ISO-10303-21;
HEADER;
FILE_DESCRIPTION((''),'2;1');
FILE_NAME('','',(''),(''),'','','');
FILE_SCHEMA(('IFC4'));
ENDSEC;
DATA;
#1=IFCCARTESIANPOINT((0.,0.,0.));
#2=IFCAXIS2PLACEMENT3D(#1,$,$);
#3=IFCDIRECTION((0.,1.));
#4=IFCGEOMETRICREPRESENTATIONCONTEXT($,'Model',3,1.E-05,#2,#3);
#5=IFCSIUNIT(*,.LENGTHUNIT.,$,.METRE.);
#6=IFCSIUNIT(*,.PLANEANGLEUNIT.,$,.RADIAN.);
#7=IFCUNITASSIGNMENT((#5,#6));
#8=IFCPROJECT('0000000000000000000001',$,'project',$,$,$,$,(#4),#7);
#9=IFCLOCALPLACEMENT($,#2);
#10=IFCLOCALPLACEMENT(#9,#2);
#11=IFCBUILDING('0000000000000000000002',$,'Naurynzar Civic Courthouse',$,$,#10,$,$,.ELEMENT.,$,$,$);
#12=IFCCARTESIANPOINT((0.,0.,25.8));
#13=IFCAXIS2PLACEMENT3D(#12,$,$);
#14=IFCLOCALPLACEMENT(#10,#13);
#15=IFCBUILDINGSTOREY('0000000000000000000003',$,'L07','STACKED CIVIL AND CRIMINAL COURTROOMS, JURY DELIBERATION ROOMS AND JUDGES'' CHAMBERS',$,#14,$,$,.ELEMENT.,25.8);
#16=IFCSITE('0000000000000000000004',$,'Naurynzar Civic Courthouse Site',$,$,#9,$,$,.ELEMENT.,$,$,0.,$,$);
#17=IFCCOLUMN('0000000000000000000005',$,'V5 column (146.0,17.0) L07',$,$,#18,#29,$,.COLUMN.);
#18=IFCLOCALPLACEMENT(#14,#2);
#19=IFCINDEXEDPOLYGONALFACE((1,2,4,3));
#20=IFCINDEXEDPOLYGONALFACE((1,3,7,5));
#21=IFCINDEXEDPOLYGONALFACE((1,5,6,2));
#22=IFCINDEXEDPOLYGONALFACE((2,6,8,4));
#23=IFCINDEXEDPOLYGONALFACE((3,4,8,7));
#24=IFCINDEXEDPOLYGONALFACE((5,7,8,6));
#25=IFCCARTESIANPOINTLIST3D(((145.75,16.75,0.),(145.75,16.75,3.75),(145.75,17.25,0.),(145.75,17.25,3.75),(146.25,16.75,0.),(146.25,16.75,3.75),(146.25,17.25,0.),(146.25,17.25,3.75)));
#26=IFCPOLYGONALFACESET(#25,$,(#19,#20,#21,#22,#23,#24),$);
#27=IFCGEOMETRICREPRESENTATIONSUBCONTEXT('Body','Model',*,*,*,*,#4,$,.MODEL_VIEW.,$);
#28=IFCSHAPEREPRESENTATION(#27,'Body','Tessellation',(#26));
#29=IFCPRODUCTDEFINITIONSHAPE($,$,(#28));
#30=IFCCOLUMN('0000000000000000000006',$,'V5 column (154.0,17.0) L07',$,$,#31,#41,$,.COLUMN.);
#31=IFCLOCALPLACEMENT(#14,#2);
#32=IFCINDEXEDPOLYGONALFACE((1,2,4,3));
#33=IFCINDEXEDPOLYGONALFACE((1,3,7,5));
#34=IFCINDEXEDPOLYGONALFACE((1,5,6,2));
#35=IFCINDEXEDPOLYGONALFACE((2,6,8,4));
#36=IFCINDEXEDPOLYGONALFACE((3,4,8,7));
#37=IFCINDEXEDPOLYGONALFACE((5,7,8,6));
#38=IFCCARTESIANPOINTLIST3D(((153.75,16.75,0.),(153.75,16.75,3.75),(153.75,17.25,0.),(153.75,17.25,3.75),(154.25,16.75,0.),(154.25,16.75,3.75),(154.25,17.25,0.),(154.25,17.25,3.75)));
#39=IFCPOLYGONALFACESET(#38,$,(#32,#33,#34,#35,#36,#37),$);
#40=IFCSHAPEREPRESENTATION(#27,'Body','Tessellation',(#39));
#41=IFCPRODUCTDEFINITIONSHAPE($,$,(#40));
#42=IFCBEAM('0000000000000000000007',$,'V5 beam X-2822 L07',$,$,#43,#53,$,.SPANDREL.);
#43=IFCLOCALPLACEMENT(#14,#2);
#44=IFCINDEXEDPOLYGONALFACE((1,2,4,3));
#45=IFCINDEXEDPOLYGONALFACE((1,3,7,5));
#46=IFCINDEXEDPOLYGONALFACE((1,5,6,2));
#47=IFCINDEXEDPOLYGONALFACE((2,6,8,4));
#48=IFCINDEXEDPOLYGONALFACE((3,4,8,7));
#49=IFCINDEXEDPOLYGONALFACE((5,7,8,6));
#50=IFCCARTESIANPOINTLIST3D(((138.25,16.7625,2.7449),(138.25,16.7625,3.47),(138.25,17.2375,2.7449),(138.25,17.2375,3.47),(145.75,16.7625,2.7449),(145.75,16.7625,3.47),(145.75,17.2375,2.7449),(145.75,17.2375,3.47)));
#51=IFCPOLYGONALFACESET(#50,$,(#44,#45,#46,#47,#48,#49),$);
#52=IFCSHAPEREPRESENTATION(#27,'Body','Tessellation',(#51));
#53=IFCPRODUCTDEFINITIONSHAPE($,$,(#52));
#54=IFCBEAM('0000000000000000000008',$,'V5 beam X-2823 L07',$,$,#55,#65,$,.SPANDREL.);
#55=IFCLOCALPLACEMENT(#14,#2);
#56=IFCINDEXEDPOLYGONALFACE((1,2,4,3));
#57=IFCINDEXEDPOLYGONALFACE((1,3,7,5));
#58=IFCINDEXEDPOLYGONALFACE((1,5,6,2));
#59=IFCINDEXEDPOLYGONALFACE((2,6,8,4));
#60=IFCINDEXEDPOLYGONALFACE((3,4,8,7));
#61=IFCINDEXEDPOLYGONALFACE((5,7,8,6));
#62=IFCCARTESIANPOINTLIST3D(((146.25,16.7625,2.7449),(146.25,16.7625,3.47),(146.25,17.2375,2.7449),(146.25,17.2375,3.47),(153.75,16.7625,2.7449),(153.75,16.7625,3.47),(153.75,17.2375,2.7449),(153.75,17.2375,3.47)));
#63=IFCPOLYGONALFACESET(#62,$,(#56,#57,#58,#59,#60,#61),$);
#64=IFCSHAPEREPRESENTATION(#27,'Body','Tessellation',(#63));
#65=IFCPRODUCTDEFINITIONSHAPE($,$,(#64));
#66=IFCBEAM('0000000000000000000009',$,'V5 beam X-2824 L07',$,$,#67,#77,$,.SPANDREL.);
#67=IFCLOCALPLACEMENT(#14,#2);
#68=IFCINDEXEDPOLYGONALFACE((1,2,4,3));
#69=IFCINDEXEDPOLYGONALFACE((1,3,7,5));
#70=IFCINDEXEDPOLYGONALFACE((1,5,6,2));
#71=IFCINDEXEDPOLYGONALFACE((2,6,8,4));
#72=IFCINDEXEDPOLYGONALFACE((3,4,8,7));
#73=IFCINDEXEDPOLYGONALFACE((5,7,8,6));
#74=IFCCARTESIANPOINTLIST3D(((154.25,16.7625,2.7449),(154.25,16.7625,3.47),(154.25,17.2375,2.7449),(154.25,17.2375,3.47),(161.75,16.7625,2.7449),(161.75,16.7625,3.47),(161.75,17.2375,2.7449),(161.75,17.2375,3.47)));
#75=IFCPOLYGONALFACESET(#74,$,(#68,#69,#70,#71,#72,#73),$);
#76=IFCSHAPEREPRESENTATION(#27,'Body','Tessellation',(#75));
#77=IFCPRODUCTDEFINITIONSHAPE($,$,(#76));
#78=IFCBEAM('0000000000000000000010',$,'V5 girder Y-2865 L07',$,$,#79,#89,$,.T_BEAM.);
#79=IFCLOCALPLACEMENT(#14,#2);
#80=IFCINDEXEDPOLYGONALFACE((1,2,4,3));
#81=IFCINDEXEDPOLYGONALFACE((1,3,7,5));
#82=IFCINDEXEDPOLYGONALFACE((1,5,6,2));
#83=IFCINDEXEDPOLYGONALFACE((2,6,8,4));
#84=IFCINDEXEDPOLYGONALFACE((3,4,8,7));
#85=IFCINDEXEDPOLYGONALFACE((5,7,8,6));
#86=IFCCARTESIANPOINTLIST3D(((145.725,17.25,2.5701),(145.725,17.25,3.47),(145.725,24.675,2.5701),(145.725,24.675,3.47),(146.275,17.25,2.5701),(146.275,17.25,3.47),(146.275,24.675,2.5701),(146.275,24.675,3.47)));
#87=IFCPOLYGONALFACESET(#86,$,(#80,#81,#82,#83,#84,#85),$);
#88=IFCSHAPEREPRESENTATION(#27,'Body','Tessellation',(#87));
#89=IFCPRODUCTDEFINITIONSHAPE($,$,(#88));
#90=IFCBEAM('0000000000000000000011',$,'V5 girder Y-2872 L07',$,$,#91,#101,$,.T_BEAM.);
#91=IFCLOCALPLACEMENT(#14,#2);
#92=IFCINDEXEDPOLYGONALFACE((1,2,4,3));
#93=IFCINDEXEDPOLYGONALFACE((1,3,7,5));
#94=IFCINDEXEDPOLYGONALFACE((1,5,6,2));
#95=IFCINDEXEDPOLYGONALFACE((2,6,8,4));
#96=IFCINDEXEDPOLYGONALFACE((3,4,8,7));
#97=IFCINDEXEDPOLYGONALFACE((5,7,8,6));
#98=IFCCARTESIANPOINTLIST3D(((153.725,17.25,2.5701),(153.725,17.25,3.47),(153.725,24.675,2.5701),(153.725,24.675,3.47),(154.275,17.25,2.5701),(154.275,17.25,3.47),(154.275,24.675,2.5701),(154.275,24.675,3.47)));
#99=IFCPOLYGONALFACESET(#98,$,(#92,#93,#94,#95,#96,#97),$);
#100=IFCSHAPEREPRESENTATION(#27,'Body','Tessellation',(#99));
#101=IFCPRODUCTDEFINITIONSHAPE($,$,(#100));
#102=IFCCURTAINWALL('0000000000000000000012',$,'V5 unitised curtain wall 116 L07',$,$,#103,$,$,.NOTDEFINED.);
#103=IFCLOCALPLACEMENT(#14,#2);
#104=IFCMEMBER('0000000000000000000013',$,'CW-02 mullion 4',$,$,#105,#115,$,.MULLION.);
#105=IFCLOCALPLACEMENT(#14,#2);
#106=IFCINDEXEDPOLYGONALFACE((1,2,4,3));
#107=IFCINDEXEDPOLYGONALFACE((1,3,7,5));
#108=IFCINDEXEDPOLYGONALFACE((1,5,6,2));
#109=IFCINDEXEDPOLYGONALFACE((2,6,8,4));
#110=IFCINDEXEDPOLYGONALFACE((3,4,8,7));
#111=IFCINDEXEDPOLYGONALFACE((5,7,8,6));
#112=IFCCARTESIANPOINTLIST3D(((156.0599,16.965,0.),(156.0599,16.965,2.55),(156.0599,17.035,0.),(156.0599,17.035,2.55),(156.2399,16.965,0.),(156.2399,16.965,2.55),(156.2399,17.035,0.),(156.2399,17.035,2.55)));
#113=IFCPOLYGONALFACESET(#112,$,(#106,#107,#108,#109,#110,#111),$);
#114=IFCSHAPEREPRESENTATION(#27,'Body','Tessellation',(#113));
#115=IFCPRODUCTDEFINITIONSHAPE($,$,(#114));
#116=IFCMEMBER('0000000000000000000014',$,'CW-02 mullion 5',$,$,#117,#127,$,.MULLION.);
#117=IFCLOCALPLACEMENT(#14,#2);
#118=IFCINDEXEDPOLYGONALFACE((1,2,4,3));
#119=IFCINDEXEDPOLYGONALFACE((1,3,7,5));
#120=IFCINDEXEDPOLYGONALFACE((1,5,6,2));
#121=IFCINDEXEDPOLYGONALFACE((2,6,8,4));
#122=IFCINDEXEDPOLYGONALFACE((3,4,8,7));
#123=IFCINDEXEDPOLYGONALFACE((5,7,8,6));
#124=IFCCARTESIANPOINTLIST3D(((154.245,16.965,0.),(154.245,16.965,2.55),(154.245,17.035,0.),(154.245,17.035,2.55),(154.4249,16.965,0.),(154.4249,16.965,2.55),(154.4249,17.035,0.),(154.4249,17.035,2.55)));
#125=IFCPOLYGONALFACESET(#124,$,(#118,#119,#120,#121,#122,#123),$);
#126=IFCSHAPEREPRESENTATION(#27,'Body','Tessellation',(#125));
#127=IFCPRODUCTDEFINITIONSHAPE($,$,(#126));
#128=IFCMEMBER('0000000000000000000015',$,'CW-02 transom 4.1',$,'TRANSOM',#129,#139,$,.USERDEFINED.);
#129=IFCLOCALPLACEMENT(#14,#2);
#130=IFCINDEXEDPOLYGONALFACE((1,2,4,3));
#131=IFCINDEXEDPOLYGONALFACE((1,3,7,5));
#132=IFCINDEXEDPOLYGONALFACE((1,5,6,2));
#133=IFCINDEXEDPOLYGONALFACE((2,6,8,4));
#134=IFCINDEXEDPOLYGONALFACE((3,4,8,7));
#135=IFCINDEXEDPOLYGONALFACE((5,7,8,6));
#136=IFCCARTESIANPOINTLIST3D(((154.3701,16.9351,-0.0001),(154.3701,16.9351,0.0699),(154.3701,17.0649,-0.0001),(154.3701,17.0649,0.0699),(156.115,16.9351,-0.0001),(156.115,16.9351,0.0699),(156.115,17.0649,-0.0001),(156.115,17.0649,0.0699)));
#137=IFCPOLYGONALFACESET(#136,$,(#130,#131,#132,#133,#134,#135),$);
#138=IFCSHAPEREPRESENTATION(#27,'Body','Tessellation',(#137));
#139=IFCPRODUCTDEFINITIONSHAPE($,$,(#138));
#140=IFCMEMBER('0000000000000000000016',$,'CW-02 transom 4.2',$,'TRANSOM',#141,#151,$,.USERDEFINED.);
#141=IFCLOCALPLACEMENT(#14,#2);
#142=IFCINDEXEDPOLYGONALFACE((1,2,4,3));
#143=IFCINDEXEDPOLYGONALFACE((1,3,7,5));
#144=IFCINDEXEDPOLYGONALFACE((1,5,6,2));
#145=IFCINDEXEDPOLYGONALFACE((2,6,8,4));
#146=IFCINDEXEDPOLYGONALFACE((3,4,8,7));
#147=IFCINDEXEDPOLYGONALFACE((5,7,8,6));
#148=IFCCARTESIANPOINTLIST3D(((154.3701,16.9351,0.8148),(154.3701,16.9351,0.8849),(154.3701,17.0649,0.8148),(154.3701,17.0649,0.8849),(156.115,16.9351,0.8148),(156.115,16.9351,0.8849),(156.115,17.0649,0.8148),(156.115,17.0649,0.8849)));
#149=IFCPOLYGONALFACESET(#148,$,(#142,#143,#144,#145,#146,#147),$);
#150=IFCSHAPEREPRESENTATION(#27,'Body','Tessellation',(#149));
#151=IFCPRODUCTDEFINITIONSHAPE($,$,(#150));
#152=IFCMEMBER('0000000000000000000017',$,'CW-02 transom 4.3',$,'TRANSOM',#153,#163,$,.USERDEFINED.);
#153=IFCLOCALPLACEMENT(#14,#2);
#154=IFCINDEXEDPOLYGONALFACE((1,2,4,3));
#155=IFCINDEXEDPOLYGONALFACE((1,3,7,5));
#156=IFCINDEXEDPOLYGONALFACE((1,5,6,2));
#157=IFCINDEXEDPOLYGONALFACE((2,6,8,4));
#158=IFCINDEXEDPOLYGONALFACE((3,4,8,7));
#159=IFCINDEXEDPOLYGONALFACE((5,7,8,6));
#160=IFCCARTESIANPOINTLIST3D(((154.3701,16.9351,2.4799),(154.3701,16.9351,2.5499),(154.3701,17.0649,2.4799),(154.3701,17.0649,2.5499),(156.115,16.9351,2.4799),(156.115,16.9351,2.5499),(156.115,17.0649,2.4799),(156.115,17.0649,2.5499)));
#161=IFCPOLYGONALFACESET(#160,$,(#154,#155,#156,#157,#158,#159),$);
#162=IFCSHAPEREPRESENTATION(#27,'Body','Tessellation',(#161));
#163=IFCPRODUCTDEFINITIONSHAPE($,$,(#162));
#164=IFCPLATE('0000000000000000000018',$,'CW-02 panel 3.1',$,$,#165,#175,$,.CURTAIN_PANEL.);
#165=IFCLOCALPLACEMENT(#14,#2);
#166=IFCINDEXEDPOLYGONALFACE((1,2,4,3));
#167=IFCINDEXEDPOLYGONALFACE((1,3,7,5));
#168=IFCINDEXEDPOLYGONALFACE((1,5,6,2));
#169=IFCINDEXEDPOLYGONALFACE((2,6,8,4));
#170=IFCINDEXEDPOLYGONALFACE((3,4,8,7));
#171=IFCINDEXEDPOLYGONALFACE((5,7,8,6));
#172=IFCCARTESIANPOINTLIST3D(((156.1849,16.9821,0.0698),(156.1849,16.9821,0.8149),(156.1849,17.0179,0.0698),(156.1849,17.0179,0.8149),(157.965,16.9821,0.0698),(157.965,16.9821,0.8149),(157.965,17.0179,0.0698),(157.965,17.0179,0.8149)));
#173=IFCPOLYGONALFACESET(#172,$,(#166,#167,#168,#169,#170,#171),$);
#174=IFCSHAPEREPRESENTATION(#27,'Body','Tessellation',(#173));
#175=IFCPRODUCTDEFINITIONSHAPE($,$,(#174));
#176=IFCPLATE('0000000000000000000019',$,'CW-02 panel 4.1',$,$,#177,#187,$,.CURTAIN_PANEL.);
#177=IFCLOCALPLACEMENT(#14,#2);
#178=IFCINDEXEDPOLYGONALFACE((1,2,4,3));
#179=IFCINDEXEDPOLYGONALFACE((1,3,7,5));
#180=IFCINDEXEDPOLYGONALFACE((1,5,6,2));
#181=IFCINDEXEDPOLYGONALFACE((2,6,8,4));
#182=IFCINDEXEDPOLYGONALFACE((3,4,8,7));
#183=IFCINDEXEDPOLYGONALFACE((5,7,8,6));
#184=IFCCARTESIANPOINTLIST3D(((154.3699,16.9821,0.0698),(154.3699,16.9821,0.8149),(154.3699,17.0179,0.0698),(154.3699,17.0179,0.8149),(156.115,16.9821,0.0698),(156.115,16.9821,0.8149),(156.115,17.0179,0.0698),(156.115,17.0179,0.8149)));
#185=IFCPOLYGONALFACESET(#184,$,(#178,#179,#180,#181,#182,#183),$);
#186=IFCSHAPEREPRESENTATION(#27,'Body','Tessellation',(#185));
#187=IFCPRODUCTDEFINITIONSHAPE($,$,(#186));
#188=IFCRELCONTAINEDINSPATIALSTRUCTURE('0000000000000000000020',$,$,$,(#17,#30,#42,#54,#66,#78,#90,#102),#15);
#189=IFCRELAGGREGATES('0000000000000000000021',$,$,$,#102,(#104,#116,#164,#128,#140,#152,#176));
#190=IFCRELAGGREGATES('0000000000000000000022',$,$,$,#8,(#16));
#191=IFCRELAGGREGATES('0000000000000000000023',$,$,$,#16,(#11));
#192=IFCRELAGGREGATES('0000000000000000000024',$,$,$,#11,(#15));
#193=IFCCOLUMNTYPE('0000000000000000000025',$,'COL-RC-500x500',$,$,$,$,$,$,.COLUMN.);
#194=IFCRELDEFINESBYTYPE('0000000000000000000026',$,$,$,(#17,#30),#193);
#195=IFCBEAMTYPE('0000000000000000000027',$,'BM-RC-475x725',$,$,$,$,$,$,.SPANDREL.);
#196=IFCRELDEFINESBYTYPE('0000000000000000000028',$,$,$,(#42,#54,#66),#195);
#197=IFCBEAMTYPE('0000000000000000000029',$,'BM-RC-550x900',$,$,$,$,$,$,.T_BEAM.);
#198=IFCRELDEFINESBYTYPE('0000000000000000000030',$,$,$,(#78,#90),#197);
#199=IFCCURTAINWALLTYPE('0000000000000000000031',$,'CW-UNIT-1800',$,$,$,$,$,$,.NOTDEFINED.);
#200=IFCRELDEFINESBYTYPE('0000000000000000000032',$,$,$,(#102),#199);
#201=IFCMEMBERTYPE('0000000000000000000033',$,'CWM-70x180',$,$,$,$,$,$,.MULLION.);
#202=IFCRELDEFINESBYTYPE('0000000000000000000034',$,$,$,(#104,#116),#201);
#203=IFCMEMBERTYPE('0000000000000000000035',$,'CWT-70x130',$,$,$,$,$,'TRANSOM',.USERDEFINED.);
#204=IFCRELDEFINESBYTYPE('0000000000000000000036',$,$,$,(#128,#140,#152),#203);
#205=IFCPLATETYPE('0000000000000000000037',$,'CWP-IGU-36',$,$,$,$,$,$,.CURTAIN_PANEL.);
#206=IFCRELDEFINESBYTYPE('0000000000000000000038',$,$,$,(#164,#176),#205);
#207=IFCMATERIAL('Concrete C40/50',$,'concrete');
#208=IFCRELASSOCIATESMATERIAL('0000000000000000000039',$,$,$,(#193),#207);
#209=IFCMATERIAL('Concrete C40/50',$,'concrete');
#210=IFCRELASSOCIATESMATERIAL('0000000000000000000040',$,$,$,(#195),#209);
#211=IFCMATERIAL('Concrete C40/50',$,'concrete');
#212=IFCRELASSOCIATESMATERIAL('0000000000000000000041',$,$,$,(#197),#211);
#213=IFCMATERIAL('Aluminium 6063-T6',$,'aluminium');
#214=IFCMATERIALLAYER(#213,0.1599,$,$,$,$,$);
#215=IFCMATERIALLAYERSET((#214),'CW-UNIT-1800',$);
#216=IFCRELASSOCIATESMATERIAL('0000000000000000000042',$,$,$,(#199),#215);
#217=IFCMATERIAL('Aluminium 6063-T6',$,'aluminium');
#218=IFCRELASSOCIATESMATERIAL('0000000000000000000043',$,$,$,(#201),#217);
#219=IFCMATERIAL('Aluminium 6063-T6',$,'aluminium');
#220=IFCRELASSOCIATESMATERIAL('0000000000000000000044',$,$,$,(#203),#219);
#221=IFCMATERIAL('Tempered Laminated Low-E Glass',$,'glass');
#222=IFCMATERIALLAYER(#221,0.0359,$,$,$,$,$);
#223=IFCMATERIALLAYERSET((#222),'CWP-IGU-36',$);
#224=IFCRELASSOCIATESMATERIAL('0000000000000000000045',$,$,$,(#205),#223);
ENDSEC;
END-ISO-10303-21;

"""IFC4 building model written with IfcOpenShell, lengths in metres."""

from ifc_helpers import new_model, si_unit, direction, frame, origin, origin_2d, place, context, subcontext, project, spatial, rectangle, extrude, material, layer, layer_set, material_profile, profile_set, type_object, element, aggregate, save


model = new_model("IFC4")

# Units and contexts
model_context = context("Model", 3, precision=1e-05, world=origin(), true_north=direction((0.0, 1.0)))
body_context = subcontext(model_context, "Body", "Model", "MODEL_VIEW")
ifc_project = project(units=[si_unit("LENGTHUNIT", "METRE"), si_unit("PLANEANGLEUNIT", "RADIAN")], contexts=[model_context])

# Site, building, storey
site_placement = place(None, origin())
site = spatial("IfcSite", under=ifc_project, at=site_placement, Name="Naurynzar Civic Courthouse Site", CompositionType="ELEMENT", RefElevation=0.0)
building_placement = place(site_placement, origin())
building = spatial("IfcBuilding", under=site, at=building_placement, Name="Naurynzar Civic Courthouse", CompositionType="ELEMENT")
storey_placement = place(building_placement, frame((0.0, 0.0, 25.8)))
storey = spatial("IfcBuildingStorey", under=building, at=storey_placement, Name="L07", Description="STACKED CIVIL AND CRIMINAL COURTROOMS, JURY DELIBERATION ROOMS AND JUDGES' CHAMBERS", CompositionType="ELEMENT", Elevation=25.8)

# Columns
ifc_material_1 = material(Name="Concrete C40/50", Category="concrete")
ifc_material_profile_1 = material_profile(ifc_material_1, rectangle(XDim=0.5, YDim=0.5, at=origin_2d()), Name="RC 500x500")
ifc_profile_set_1 = profile_set([ifc_material_profile_1], Name="Concrete C40/50")
column_type = type_object("IfcColumnType", Name="COL-RC-500x500", PredefinedType="COLUMN", material=ifc_profile_set_1)
for number, where, z_axis, x_axis, name in (
    (1, (146.0, 17.0, 0.0), (0.0, 0.0, 1.0), (1.0, 0.0, 0.0), "V5 column (146.0,17.0) L07"),
    (2, (154.0, 17.0, 0.0), (0.0, 0.0, 1.0), (1.0, 0.0, 0.0), "V5 column (154.0,17.0) L07"),
):
    element("IfcColumn", number, at=place(storey_placement, frame(where, z_axis=z_axis, x_axis=x_axis)), inside=storey, type_object=column_type, Name=name, PredefinedType="COLUMN", context=body_context, shape_type="SweptSolid", body=[
        extrude(rectangle(XDim=0.5, YDim=0.5, at=origin_2d()), origin(), (0.0, 0.0, 1.0), 3.75),
    ])

# Beams
ifc_material_2 = material(Name="Concrete C40/50", Category="concrete")
ifc_material_profile_2 = material_profile(ifc_material_2, rectangle(XDim=0.4751, YDim=0.7251, at=origin_2d()), Name="RCB 475x725")
ifc_profile_set_2 = profile_set([ifc_material_profile_2], Name="Concrete C40/50")
beam_type_1 = type_object("IfcBeamType", Name="BM-RC-475x725", PredefinedType="SPANDREL", material=ifc_profile_set_2)
for number, where, z_axis, x_axis, name in (
    (3, (138.25, 17.0, 3.1074), (1.0, 0.0, 0.0), (0.0, 1.0, 0.0), "V5 beam X-2822 L07"),
    (4, (146.25, 17.0, 3.1074), (1.0, 0.0, 0.0), (0.0, 1.0, 0.0), "V5 beam X-2823 L07"),
    (5, (154.25, 17.0, 3.1074), (1.0, 0.0, 0.0), (0.0, 1.0, 0.0), "V5 beam X-2824 L07"),
):
    element("IfcBeam", number, at=place(storey_placement, frame(where, z_axis=z_axis, x_axis=x_axis)), inside=storey, type_object=beam_type_1, Name=name, PredefinedType="SPANDREL", context=body_context, shape_type="SweptSolid", body=[
        extrude(rectangle(XDim=0.4751, YDim=0.7251, at=origin_2d()), origin(), (0.0, 0.0, 1.0), 7.5),
    ])
ifc_material_3 = material(Name="Concrete C40/50", Category="concrete")
ifc_material_profile_3 = material_profile(ifc_material_3, rectangle(XDim=0.55, YDim=0.8999, at=origin_2d()), Name="RCB 550x900")
ifc_profile_set_3 = profile_set([ifc_material_profile_3], Name="Concrete C40/50")
beam_type_2 = type_object("IfcBeamType", Name="BM-RC-550x900", PredefinedType="T_BEAM", material=ifc_profile_set_3)
for number, where, z_axis, x_axis, name in (
    (6, (146.0, 17.25, 3.02), (0.0, 1.0, 0.0), (-1.0, 0.0, 0.0), "V5 girder Y-2865 L07"),
    (7, (154.0, 17.25, 3.02), (0.0, 1.0, 0.0), (-1.0, 0.0, 0.0), "V5 girder Y-2872 L07"),
):
    element("IfcBeam", number, at=place(storey_placement, frame(where, z_axis=z_axis, x_axis=x_axis)), inside=storey, type_object=beam_type_2, Name=name, PredefinedType="T_BEAM", context=body_context, shape_type="SweptSolid", body=[
        extrude(rectangle(XDim=0.55, YDim=0.8999, at=origin_2d()), origin(), (0.0, 0.0, 1.0), 7.425),
    ])

# Curtain wall, members, plates
ifc_material_4 = material(Name="Aluminium 6063-T6", Category="aluminium")
ifc_layer_1 = layer(ifc_material_4, 0.1599)
ifc_layer_set_1 = layer_set([ifc_layer_1], Name="CW-UNIT-1800")
curtain_wall_type = type_object("IfcCurtainWallType", Name="CW-UNIT-1800", PredefinedType="NOTDEFINED", material=ifc_layer_set_1)
curtain_wall_placement = place(storey_placement, origin())
curtain_wall = element("IfcCurtainWall", 8, at=curtain_wall_placement, inside=storey, type_object=curtain_wall_type, Name="V5 unitised curtain wall 116 L07", PredefinedType="NOTDEFINED")
ifc_material_5 = material(Name="Aluminium 6063-T6", Category="aluminium")
ifc_material_profile_4 = material_profile(ifc_material_5, rectangle(XDim=0.0701, YDim=0.1799, at=origin_2d()), Name="ALU MULLION 70x180")
ifc_profile_set_4 = profile_set([ifc_material_profile_4], Name="Aluminium 6063-T6")
member_type_1 = type_object("IfcMemberType", Name="CWM-70x180", PredefinedType="MULLION", material=ifc_profile_set_4)
member_1_placement = place(storey_placement, frame((156.1499, 17.0, 0.0), z_axis=(0.0, 0.0, 1.0), x_axis=(0.0, -1.0, 0.0)))
member_1 = element("IfcMember", 9, at=member_1_placement, type_object=member_type_1, Name="CW-02 mullion 4", PredefinedType="MULLION", context=body_context, shape_type="SweptSolid", body=[
    extrude(rectangle(XDim=0.0701, YDim=0.1799, at=origin_2d()), origin(), (0.0, 0.0, 1.0), 2.55),
])
member_2_placement = place(storey_placement, frame((154.335, 17.0, 0.0), z_axis=(0.0, 0.0, 1.0), x_axis=(0.0, -1.0, 0.0)))
member_2 = element("IfcMember", 10, at=member_2_placement, type_object=member_type_1, Name="CW-02 mullion 5", PredefinedType="MULLION", context=body_context, shape_type="SweptSolid", body=[
    extrude(rectangle(XDim=0.0701, YDim=0.1799, at=origin_2d()), origin(), (0.0, 0.0, 1.0), 2.55),
])
ifc_material_6 = material(Name="Aluminium 6063-T6", Category="aluminium")
ifc_material_profile_5 = material_profile(ifc_material_6, rectangle(XDim=0.1299, YDim=0.0701, at=origin_2d()), Name="ALU TRANSOM 70x130")
ifc_profile_set_5 = profile_set([ifc_material_profile_5], Name="Aluminium 6063-T6")
member_type_2 = type_object("IfcMemberType", Name="CWT-70x130", ElementType="TRANSOM", PredefinedType="USERDEFINED", material=ifc_profile_set_5)
member_3_placement = place(storey_placement, frame((156.115, 17.0, 0.0349), z_axis=(-1.0, 0.0, 0.0), x_axis=(0.0, -1.0, 0.0)))
member_3 = element("IfcMember", 11, at=member_3_placement, type_object=member_type_2, Name="CW-02 transom 4.1", ObjectType="TRANSOM", PredefinedType="USERDEFINED", context=body_context, shape_type="SweptSolid", body=[
    extrude(rectangle(XDim=0.1299, YDim=0.0701, at=origin_2d()), origin(), (0.0, 0.0, 1.0), 1.7449),
])
member_4_placement = place(storey_placement, frame((156.115, 17.0, 0.8499), z_axis=(-1.0, 0.0, 0.0), x_axis=(0.0, -1.0, 0.0)))
member_4 = element("IfcMember", 12, at=member_4_placement, type_object=member_type_2, Name="CW-02 transom 4.2", ObjectType="TRANSOM", PredefinedType="USERDEFINED", context=body_context, shape_type="SweptSolid", body=[
    extrude(rectangle(XDim=0.1299, YDim=0.0701, at=origin_2d()), origin(), (0.0, 0.0, 1.0), 1.7449),
])
member_5_placement = place(storey_placement, frame((156.115, 17.0, 2.5149), z_axis=(-1.0, 0.0, 0.0), x_axis=(0.0, -1.0, 0.0)))
member_5 = element("IfcMember", 13, at=member_5_placement, type_object=member_type_2, Name="CW-02 transom 4.3", ObjectType="TRANSOM", PredefinedType="USERDEFINED", context=body_context, shape_type="SweptSolid", body=[
    extrude(rectangle(XDim=0.1299, YDim=0.0701, at=origin_2d()), origin(), (0.0, 0.0, 1.0), 1.7449),
])
ifc_material_7 = material(Name="Tempered Laminated Low-E Glass", Category="glass")
ifc_layer_2 = layer(ifc_material_7, 0.0359)
ifc_layer_set_2 = layer_set([ifc_layer_2], Name="CWP-IGU-36")
plate_type = type_object("IfcPlateType", Name="CWP-IGU-36", PredefinedType="CURTAIN_PANEL", material=ifc_layer_set_2)
plate_1_placement = place(storey_placement, frame((157.075, 17.0, 0.0698), z_axis=(0.0, 0.0, 1.0), x_axis=(-1.0, 0.0, 0.0)))
plate_1 = element("IfcPlate", 14, at=plate_1_placement, type_object=plate_type, Name="CW-02 panel 3.1", PredefinedType="CURTAIN_PANEL", context=body_context, shape_type="SweptSolid", body=[
    extrude(rectangle(XDim=1.78, YDim=0.0359, at=origin_2d()), origin(), (0.0, 0.0, 1.0), 0.7451),
])
plate_2_placement = place(storey_placement, frame((155.2424, 17.0, 0.0698), z_axis=(0.0, 0.0, 1.0), x_axis=(-1.0, 0.0, 0.0)))
plate_2 = element("IfcPlate", 15, at=plate_2_placement, type_object=plate_type, Name="CW-02 panel 4.1", PredefinedType="CURTAIN_PANEL", context=body_context, shape_type="SweptSolid", body=[
    extrude(rectangle(XDim=1.7451, YDim=0.0359, at=origin_2d()), origin(), (0.0, 0.0, 1.0), 0.7451),
])
aggregate(curtain_wall, [member_1, member_2, plate_1, member_3, member_4, member_5, plate_2])

save(model, "model.ifc")
